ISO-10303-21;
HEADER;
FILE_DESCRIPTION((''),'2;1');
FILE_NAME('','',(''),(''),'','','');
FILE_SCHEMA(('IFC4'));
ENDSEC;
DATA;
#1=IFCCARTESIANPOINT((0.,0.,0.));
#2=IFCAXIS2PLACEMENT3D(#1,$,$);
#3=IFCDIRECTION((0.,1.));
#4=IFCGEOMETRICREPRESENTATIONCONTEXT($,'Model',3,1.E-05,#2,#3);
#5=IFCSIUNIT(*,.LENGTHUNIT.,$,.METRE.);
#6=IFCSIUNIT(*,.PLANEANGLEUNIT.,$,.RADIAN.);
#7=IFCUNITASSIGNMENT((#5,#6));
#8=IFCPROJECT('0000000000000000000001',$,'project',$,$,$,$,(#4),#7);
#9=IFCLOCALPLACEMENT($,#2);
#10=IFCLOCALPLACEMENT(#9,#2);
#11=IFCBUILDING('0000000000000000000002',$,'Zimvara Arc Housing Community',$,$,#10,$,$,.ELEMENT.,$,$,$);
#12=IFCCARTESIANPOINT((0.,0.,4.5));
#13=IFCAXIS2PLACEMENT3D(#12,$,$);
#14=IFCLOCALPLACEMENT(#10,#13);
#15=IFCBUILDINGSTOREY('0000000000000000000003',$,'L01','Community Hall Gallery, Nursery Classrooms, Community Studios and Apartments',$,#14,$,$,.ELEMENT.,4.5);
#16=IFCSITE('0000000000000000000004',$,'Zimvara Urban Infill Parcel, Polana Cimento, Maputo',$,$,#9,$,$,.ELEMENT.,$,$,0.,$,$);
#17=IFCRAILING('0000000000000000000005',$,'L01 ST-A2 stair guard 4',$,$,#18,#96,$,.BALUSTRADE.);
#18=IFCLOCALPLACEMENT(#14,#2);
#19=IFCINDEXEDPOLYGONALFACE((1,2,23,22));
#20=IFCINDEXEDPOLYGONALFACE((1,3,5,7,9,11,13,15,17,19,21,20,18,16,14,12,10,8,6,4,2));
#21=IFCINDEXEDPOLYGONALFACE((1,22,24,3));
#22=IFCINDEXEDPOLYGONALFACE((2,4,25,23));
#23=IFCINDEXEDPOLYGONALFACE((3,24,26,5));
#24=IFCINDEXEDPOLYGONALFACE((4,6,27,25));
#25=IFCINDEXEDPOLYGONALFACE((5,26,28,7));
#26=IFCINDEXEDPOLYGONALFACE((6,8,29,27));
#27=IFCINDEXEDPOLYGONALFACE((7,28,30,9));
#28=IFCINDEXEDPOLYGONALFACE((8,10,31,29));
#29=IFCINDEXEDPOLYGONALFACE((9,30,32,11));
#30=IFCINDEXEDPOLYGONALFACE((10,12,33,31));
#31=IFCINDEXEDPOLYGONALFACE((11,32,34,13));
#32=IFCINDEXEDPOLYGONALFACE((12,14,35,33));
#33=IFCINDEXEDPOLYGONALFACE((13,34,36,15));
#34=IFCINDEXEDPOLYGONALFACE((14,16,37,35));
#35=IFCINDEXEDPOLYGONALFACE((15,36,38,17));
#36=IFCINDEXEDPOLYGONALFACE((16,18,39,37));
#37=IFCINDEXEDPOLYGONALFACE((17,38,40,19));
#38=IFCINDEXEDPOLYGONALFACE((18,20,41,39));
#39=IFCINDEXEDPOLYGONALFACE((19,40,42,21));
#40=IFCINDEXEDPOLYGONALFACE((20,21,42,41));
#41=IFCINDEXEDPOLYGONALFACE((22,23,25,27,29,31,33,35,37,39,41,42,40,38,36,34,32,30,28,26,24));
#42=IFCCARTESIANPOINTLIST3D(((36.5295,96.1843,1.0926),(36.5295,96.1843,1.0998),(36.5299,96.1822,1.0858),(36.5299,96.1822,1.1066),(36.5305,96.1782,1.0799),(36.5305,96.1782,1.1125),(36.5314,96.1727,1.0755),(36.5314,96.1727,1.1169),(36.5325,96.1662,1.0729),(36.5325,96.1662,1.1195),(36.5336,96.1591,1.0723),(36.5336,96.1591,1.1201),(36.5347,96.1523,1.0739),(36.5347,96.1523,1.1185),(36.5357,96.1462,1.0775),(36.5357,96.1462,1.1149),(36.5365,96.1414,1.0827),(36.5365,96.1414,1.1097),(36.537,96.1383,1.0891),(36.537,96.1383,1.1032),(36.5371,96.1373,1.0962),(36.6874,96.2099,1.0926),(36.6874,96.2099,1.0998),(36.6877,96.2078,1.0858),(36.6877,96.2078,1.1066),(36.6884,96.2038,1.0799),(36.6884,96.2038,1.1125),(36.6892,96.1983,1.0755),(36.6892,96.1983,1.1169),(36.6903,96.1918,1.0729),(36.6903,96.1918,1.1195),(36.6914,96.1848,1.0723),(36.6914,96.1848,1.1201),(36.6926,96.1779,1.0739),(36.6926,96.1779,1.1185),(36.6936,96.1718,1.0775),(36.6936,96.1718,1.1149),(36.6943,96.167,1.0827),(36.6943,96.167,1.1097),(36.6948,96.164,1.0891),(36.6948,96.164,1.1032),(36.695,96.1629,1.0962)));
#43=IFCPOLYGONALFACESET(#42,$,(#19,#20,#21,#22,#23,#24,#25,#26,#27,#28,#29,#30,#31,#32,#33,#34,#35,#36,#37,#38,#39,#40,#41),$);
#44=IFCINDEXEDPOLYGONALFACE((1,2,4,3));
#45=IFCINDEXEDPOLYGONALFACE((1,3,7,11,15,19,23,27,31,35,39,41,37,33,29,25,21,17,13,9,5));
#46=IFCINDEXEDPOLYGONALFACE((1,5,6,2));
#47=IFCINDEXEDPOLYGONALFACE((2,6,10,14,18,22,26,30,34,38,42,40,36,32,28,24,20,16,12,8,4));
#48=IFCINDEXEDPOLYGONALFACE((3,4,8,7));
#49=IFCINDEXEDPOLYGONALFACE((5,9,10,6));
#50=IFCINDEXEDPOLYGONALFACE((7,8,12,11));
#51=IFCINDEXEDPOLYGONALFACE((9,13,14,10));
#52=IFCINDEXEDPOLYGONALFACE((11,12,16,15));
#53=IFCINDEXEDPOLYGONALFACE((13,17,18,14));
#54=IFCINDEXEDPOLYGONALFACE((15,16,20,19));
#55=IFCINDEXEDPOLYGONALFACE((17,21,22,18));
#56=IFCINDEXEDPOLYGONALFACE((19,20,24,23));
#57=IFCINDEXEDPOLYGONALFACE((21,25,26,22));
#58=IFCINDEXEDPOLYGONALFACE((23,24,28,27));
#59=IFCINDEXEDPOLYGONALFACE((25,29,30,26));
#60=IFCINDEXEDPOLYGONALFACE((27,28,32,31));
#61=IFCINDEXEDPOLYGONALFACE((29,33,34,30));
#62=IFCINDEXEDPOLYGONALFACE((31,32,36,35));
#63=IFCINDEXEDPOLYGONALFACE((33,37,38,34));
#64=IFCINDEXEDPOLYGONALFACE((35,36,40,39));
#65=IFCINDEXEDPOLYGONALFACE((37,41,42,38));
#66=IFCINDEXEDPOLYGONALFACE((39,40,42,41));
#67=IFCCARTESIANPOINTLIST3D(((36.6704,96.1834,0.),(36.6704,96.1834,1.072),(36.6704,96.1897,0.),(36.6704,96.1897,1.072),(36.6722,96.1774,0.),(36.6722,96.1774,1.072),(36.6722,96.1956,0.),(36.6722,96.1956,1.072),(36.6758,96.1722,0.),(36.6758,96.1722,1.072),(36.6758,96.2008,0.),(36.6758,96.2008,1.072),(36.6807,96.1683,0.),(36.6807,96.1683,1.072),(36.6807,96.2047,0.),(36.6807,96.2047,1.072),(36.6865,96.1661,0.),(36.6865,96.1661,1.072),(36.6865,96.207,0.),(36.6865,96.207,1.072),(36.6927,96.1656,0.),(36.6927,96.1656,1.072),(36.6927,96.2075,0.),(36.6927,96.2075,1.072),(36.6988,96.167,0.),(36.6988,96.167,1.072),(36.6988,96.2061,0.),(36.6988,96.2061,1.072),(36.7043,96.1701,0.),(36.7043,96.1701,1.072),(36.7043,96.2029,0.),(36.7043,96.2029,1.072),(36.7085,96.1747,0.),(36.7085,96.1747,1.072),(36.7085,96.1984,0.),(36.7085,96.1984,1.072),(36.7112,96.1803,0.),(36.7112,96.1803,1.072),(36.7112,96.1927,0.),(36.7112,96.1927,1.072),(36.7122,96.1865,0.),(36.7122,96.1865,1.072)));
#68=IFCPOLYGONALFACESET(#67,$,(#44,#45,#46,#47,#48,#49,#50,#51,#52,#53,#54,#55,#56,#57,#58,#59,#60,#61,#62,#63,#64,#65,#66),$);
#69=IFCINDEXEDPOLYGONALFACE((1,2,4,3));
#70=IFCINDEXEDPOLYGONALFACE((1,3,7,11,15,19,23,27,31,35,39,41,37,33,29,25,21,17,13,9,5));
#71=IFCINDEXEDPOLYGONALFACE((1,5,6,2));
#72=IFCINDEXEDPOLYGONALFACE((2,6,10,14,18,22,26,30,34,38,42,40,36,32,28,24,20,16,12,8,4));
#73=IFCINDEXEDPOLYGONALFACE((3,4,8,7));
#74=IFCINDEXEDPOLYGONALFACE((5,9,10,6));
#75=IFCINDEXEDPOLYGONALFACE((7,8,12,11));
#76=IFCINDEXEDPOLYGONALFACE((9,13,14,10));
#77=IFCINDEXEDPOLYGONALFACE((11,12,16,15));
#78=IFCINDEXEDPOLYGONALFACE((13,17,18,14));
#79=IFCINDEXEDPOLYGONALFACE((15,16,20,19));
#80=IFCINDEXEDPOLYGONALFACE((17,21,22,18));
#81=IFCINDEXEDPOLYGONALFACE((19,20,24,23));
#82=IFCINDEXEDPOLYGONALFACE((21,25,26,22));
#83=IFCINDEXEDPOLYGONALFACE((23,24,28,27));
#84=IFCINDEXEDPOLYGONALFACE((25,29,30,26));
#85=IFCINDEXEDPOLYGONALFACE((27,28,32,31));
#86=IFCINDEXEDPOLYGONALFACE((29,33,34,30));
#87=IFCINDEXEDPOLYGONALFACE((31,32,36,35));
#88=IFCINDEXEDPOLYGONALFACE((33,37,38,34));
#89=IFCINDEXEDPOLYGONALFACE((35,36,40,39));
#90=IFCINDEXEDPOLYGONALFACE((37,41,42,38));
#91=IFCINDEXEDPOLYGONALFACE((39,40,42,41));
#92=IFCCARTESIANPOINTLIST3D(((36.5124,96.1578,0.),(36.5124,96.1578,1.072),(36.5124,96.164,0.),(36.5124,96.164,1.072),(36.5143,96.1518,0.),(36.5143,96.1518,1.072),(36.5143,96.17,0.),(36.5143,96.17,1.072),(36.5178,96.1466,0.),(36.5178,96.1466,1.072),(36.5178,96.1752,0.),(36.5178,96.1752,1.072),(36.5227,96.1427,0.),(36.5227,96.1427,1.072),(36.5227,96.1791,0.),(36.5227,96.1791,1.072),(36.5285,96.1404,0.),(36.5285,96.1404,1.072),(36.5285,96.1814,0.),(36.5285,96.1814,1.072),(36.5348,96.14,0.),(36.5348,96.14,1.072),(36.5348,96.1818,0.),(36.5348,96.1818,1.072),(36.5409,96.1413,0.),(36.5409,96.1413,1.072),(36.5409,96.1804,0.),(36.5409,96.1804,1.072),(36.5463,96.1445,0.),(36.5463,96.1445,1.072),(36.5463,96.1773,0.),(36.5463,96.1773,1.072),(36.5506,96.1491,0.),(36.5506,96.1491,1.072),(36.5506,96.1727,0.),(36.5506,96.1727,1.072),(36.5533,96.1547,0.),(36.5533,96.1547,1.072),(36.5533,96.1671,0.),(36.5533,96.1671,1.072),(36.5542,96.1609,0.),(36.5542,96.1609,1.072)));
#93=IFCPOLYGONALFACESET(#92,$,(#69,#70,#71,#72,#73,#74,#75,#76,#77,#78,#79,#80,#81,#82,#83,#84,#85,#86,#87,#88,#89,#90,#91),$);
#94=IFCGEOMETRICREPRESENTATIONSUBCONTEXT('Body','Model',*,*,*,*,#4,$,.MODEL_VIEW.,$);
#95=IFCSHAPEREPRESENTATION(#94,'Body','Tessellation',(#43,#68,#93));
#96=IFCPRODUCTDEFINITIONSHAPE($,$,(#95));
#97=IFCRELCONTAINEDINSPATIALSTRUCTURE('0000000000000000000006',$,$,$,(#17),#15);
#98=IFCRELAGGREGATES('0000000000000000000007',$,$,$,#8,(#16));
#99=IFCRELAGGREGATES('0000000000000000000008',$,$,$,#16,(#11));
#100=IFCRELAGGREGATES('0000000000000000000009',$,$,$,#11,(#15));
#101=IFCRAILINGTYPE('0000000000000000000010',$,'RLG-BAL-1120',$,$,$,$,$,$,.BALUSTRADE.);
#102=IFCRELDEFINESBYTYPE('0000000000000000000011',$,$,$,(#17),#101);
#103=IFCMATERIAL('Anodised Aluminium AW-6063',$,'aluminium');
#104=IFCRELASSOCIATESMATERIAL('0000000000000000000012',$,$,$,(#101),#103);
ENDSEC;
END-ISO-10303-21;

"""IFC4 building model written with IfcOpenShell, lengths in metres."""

from ifc_helpers import new_model, si_unit, direction, frame, origin, origin_2d, place, context, subcontext, project, spatial, circle, extrude, material, type_object, element, save


model = new_model("IFC4")

# Units and contexts
model_context = context("Model", 3, precision=1e-05, world=origin(), true_north=direction((0.0, 1.0)))
body_context = subcontext(model_context, "Body", "Model", "MODEL_VIEW")
ifc_project = project(units=[si_unit("LENGTHUNIT", "METRE"), si_unit("PLANEANGLEUNIT", "RADIAN")], contexts=[model_context])

# Site, building, storey
site_placement = place(None, origin())
site = spatial("IfcSite", under=ifc_project, at=site_placement, Name="Zimvara Urban Infill Parcel, Polana Cimento, Maputo", CompositionType="ELEMENT", RefElevation=0.0)
building_placement = place(site_placement, origin())
building = spatial("IfcBuilding", under=site, at=building_placement, Name="Zimvara Arc Housing Community", CompositionType="ELEMENT")
storey_placement = place(building_placement, frame((0.0, 0.0, 4.5)))
storey = spatial("IfcBuildingStorey", under=building, at=storey_placement, Name="L01", Description="Community Hall Gallery, Nursery Classrooms, Community Studios and Apartments", CompositionType="ELEMENT", Elevation=4.5)

# Railing
ifc_material_1 = material(Name="Anodised Aluminium AW-6063", Category="aluminium")
railing_type_1 = type_object("IfcRailingType", Name="RLG-BAL-1120", PredefinedType="BALUSTRADE", material=ifc_material_1)
railing_1_placement = place(storey_placement, frame((36.6912, 96.1865, 0.0)))
element("IfcRailing", 1, at=railing_1_placement, inside=storey, type_object=railing_type_1, Name="L01 ST-A2 stair guard 4", PredefinedType="BALUSTRADE", context=body_context, shape_type="SweptSolid", body=[
    extrude(circle(Radius=0.0239, at=origin_2d()), frame((0.0, 0.0, 1.0962), z_axis=(-0.987086, -0.160192, 0.0), x_axis=(0.160192, -0.987086, 0.0)), (0.0, 0.0, 1.0), 0.1599),
    extrude(circle(Radius=0.021, at=origin_2d()), origin(), (0.0, 0.0, 1.0), 1.072),
    extrude(circle(Radius=0.021, at=origin_2d()), frame((-0.158, -0.0256, 0.0)), (0.0, 0.0, 1.0), 1.072),
])

save(model, "model.ifc")
